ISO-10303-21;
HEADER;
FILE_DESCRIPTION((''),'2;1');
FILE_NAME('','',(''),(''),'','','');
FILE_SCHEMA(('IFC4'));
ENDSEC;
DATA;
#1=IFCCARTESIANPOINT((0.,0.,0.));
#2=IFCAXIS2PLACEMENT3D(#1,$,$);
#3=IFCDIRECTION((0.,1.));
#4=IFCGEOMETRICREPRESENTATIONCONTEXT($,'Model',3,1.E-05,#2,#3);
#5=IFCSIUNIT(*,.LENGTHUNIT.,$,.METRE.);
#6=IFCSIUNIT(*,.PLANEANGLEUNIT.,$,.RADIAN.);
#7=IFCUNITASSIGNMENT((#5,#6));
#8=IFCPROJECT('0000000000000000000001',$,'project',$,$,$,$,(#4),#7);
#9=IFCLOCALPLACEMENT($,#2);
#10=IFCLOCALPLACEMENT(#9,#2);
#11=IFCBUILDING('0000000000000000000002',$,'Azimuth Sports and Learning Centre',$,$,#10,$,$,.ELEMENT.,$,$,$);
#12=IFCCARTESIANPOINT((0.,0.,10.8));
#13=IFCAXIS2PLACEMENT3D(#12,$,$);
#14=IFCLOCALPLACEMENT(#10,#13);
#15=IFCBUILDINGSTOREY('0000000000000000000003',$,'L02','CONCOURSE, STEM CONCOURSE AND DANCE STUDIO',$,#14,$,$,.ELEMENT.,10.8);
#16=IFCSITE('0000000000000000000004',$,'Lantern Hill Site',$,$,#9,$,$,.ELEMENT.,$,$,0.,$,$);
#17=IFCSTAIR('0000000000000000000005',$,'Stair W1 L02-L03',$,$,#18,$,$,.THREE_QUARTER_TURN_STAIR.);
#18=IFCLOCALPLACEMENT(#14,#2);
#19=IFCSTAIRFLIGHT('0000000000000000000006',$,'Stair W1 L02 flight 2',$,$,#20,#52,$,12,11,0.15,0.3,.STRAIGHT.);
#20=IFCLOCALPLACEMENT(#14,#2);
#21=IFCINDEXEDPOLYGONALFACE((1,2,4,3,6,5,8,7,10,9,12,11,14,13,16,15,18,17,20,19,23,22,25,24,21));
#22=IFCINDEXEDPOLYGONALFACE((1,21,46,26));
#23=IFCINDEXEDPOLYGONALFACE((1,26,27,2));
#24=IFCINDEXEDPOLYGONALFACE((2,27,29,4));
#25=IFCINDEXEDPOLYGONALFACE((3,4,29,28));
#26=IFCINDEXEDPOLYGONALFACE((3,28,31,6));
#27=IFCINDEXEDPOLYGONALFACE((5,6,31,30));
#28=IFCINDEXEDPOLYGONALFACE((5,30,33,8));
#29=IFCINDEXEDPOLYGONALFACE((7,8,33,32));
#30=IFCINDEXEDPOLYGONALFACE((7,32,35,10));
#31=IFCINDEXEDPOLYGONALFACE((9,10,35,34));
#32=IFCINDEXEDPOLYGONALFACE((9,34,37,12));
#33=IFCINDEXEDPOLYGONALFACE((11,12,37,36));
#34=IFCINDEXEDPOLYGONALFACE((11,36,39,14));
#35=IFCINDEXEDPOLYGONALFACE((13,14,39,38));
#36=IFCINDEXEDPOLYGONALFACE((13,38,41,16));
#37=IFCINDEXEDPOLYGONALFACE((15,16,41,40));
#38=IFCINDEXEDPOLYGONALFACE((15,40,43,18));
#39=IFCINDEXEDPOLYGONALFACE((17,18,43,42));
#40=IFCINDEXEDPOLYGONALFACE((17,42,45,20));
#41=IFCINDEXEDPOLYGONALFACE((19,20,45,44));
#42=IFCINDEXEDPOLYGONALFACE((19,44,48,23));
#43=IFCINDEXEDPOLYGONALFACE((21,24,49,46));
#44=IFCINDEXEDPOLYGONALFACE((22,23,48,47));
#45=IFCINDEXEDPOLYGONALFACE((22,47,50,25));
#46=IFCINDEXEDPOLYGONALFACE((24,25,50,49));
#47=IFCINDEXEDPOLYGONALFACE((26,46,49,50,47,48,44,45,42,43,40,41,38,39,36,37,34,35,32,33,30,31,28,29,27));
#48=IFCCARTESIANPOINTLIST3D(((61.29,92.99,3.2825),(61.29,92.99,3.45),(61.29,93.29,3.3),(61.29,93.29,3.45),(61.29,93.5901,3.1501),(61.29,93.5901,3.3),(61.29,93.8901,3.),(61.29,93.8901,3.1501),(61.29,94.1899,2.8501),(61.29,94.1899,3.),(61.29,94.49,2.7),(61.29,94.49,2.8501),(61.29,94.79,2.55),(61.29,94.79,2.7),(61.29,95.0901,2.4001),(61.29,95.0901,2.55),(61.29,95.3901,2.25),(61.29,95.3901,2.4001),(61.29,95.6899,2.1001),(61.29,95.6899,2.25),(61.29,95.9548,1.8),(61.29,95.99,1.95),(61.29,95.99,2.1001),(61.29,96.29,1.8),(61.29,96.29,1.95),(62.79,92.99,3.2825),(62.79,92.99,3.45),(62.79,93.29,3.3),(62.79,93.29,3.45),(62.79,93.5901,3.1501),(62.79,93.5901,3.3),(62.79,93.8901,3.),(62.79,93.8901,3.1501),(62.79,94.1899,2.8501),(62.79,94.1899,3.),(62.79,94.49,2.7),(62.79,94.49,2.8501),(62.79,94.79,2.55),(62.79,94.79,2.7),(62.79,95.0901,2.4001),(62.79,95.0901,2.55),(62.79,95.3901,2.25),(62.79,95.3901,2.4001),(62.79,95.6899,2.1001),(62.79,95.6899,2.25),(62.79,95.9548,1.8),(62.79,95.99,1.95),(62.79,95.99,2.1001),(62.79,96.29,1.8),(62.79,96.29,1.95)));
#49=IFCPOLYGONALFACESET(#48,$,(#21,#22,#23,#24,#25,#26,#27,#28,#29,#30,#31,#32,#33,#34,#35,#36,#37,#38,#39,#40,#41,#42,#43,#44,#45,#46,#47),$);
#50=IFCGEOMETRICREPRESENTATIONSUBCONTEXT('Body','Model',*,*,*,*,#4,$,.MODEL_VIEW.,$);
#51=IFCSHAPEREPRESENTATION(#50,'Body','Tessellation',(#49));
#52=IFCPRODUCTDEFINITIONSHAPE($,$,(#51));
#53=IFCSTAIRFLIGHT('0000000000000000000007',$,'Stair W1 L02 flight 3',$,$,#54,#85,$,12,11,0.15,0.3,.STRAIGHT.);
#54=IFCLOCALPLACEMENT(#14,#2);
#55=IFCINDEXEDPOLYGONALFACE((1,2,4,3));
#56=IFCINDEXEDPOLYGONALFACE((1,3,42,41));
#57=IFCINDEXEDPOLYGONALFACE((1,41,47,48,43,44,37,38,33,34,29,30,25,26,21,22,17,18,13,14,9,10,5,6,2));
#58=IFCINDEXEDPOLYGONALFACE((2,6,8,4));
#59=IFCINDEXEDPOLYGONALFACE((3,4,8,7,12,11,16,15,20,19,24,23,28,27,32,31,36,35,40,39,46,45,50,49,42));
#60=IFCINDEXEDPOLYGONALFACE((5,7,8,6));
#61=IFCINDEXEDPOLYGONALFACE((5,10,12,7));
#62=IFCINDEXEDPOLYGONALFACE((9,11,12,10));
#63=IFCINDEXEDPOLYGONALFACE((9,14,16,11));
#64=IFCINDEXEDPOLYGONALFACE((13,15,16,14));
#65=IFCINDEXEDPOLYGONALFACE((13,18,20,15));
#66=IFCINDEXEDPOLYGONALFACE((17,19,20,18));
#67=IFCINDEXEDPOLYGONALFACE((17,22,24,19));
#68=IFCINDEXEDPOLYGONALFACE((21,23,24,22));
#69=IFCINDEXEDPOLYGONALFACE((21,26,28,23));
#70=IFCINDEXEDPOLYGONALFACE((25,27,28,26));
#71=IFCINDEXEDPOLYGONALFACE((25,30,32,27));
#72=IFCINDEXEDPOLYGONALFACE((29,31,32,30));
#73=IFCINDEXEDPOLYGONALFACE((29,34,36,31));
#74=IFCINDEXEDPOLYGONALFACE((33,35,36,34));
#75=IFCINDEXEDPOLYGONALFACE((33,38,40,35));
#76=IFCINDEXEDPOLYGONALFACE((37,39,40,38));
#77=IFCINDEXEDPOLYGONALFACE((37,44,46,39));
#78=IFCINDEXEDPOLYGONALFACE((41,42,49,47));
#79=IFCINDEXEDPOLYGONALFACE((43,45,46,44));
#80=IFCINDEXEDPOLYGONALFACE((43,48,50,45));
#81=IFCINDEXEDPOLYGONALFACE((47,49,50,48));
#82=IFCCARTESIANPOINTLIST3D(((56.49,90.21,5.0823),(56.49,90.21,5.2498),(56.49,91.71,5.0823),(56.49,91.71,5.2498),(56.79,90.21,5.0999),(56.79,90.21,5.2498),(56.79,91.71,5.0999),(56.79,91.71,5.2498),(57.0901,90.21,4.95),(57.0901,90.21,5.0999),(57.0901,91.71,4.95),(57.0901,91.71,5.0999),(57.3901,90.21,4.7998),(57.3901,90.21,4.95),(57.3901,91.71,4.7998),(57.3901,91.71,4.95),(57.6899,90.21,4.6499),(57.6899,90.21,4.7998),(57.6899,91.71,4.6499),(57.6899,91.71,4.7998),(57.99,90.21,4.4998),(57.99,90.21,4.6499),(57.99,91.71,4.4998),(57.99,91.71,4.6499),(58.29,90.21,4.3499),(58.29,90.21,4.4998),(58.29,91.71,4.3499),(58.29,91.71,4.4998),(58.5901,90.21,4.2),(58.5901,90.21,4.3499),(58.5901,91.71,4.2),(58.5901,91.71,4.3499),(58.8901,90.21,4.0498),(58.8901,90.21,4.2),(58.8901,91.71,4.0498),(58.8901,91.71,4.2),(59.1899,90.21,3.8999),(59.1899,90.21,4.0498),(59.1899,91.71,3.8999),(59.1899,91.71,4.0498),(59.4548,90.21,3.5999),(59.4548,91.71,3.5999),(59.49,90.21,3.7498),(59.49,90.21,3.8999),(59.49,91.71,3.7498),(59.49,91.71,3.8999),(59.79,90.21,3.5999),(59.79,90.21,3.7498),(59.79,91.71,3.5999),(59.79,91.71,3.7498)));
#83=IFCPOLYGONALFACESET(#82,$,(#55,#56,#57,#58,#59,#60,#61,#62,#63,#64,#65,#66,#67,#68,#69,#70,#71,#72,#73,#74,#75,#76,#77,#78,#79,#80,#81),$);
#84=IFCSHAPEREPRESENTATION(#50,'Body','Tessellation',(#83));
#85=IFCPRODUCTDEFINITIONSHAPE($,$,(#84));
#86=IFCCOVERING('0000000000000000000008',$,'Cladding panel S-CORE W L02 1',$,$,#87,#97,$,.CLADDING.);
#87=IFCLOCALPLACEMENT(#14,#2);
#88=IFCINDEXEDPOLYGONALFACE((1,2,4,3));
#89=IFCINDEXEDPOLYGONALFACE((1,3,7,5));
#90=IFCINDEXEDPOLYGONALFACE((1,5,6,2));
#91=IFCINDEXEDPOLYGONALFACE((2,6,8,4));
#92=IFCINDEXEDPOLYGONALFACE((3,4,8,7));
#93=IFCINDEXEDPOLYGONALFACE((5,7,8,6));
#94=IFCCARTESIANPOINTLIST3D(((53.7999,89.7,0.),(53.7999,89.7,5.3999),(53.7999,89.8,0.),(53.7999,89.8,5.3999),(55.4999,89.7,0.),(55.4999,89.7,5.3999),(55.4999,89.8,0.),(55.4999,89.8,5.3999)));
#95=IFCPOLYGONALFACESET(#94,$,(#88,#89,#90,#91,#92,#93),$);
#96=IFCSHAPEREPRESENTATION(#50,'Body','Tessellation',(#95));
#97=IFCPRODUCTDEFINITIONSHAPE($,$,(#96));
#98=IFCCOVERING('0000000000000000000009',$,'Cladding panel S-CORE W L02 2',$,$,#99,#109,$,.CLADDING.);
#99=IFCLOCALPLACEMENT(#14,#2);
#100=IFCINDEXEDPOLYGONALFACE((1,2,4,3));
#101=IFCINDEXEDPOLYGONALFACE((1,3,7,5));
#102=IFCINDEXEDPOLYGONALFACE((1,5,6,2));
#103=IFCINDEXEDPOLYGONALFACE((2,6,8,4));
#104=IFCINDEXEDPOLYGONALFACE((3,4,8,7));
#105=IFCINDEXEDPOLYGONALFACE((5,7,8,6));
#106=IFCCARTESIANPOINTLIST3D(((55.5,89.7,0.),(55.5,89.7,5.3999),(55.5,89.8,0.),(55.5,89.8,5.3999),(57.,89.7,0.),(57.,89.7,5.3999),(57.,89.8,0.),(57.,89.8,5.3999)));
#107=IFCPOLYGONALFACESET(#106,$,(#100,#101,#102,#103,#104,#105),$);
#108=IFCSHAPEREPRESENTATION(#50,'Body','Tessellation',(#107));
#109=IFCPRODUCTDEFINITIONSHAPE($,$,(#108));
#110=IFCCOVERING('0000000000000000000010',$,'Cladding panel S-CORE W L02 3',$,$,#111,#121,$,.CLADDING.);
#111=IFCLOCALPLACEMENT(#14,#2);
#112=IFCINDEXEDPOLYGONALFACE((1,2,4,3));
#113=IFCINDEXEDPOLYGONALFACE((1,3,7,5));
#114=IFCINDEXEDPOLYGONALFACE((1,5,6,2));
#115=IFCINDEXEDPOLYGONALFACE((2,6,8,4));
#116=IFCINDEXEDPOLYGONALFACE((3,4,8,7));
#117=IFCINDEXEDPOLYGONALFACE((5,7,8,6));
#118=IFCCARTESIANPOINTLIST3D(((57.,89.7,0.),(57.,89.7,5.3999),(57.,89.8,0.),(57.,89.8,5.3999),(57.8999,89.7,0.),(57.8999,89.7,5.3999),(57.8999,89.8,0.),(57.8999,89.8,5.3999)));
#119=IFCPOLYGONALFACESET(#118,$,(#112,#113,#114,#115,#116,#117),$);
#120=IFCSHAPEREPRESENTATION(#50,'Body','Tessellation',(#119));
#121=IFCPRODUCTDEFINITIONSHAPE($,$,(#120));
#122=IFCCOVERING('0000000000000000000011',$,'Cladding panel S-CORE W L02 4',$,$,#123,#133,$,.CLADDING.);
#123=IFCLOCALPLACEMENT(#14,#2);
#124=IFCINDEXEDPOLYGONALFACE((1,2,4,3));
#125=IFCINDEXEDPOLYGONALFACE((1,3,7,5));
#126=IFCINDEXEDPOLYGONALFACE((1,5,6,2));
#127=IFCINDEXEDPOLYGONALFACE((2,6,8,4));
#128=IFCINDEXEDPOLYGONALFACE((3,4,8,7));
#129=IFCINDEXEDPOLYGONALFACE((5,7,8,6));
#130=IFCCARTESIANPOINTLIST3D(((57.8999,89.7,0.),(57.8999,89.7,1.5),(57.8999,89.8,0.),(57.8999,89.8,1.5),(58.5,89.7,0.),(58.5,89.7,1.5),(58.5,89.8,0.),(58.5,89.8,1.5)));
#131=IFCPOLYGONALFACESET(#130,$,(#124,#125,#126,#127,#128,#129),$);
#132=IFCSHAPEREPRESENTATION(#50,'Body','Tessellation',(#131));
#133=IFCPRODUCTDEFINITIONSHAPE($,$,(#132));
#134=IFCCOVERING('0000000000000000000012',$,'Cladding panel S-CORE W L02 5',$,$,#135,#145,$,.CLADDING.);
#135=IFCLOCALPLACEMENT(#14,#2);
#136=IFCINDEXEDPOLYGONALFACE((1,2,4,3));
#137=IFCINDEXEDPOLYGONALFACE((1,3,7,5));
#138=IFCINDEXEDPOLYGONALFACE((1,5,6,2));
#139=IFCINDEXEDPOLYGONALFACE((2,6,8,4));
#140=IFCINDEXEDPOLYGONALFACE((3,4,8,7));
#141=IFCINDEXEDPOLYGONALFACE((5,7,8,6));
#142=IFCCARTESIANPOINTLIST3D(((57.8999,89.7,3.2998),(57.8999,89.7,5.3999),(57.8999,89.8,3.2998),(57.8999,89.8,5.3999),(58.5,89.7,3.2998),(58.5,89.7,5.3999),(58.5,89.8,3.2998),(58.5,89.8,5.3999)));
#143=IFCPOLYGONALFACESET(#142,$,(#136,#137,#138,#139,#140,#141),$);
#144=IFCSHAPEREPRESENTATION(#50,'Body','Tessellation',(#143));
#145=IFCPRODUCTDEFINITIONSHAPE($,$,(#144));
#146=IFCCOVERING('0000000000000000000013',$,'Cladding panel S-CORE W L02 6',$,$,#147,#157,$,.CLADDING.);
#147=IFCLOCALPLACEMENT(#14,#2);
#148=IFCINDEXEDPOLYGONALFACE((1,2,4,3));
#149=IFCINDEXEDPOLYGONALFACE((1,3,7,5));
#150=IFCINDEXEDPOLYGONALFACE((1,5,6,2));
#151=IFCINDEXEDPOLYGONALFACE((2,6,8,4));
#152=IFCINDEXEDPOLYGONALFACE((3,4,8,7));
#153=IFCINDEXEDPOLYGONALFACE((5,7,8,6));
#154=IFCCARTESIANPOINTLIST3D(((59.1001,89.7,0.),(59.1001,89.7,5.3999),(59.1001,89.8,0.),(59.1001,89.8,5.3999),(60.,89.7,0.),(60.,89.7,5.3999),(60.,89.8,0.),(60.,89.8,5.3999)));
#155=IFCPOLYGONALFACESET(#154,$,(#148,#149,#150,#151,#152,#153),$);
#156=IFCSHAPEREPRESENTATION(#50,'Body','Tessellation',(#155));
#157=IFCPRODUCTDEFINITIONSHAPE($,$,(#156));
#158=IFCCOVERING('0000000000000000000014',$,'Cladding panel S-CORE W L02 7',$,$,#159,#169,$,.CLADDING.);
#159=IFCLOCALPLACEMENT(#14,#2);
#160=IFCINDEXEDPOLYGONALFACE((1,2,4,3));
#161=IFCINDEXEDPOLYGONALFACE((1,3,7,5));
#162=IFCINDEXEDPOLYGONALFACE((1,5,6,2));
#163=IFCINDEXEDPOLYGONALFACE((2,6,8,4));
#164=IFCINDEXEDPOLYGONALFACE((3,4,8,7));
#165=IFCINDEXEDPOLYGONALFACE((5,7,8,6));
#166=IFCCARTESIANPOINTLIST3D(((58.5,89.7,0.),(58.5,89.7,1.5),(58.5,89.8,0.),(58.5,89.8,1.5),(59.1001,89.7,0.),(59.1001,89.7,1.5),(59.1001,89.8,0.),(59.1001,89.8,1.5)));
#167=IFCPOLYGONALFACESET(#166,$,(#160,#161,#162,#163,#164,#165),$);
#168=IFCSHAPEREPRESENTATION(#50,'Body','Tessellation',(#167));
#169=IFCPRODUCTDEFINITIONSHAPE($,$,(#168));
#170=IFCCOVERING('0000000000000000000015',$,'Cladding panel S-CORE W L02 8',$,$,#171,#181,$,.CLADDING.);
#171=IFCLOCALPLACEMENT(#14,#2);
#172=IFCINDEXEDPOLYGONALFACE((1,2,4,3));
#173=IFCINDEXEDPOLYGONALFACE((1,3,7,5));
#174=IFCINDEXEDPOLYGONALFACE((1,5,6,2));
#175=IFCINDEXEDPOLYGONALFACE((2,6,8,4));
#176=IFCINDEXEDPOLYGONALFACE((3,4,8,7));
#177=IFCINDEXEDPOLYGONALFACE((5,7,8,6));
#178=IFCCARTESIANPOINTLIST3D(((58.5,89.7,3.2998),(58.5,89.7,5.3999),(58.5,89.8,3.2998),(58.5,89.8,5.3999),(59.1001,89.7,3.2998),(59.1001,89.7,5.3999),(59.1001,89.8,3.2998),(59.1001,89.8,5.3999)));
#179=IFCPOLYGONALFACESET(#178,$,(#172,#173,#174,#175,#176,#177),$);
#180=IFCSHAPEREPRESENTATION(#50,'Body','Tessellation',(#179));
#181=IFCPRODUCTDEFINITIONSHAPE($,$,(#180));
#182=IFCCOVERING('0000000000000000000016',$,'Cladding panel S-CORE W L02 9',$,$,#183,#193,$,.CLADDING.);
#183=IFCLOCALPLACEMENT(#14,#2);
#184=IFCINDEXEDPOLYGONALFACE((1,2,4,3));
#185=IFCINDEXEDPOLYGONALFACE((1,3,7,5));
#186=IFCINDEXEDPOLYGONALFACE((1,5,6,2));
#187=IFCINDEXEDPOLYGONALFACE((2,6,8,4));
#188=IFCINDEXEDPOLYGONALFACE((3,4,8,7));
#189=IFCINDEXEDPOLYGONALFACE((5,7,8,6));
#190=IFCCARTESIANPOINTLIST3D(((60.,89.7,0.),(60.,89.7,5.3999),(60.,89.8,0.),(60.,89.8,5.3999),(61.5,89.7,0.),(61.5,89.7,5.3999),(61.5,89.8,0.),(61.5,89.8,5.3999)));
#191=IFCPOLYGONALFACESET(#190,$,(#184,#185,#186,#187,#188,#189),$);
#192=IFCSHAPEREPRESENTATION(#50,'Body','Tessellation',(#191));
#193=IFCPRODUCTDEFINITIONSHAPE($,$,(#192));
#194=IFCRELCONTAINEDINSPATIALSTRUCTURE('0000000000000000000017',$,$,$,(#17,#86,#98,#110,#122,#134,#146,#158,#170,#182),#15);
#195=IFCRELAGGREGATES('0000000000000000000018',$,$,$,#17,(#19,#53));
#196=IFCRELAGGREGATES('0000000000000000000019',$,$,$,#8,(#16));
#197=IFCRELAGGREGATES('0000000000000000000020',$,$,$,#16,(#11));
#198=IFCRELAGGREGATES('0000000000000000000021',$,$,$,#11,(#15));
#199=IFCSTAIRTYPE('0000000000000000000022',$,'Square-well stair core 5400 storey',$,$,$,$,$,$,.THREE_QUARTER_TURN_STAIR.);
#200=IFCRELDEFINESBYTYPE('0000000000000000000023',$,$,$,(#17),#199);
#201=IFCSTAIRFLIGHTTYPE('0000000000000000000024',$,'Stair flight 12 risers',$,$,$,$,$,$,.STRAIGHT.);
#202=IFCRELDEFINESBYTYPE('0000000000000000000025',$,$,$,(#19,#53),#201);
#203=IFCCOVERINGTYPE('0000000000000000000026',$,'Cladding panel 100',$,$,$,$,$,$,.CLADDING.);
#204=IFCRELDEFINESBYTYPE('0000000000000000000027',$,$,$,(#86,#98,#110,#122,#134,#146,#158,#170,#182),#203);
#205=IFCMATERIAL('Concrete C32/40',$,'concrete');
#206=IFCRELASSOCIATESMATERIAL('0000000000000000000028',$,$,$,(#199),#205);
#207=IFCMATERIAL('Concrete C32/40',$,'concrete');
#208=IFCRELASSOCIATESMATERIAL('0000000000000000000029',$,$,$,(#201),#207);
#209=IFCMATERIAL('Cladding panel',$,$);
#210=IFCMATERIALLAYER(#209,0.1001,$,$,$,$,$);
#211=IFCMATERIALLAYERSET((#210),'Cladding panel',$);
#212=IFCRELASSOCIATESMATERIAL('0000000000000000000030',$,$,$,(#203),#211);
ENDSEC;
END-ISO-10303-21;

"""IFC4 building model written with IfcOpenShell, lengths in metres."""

from ifc_helpers import new_model, si_unit, direction, frame, origin, origin_2d, place, context, subcontext, project, spatial, polyline, rectangle, outline, extrude, material, layer, layer_set, type_object, element, aggregate, save


model = new_model("IFC4")

# Units and contexts
model_context = context("Model", 3, precision=1e-05, world=origin(), true_north=direction((0.0, 1.0)))
body_context = subcontext(model_context, "Body", "Model", "MODEL_VIEW")
ifc_project = project(units=[si_unit("LENGTHUNIT", "METRE"), si_unit("PLANEANGLEUNIT", "RADIAN")], contexts=[model_context])

# Site, building, storey
site_placement = place(None, origin())
site = spatial("IfcSite", under=ifc_project, at=site_placement, Name="Lantern Hill Site", CompositionType="ELEMENT", RefElevation=0.0)
building_placement = place(site_placement, origin())
building = spatial("IfcBuilding", under=site, at=building_placement, Name="Azimuth Sports and Learning Centre", CompositionType="ELEMENT")
storey_placement = place(building_placement, frame((0.0, 0.0, 10.8)))
storey = spatial("IfcBuildingStorey", under=building, at=storey_placement, Name="L02", Description="CONCOURSE, STEM CONCOURSE AND DANCE STUDIO", CompositionType="ELEMENT", Elevation=10.8)

# Stair, stair flights
ifc_material_1 = material(Name="Concrete C32/40", Category="concrete")
stair_type = type_object("IfcStairType", Name="Square-well stair core 5400 storey", PredefinedType="THREE_QUARTER_TURN_STAIR", material=ifc_material_1)
stair_placement = place(storey_placement, origin())
stair = element("IfcStair", 1, at=stair_placement, inside=storey, type_object=stair_type, Name="Stair W1 L02-L03", PredefinedType="THREE_QUARTER_TURN_STAIR")
ifc_material_2 = material(Name="Concrete C32/40", Category="concrete")
stair_flight_type = type_object("IfcStairFlightType", Name="Stair flight 12 risers", PredefinedType="STRAIGHT", material=ifc_material_2)
stair_flight_1_placement = place(storey_placement, frame((62.04, 96.29, 1.8), z_axis=(0.0, 0.0, 1.0), x_axis=(0.0, -1.0, 0.0)))
stair_flight_1 = element("IfcStairFlight", 2, at=stair_flight_1_placement, type_object=stair_flight_type, Name="Stair W1 L02 flight 2", NumberOfRisers=12, NumberOfTreads=11, PredefinedType="STRAIGHT", RiserHeight=0.15, TreadLength=0.3, context=body_context, shape_type="SweptSolid", body=[
    extrude(outline(polyline([(0.0, 0.0), (0.0, 0.1499), (0.3, 0.1499), (0.3, 0.3), (0.6001, 0.3), (0.6001, 0.45), (0.8999, 0.45), (0.8999, 0.6001), (1.2, 0.6001), (1.2, 0.75), (1.5, 0.75), (1.5, 0.8999), (1.8, 0.8999), (1.8, 1.05), (2.1001, 1.05), (2.1001, 1.2), (2.3999, 1.2), (2.3999, 1.3501), (2.7, 1.3501), (2.7, 1.5), (3.0, 1.5), (3.0, 1.6499), (3.3, 1.6499), (3.3, 1.8), (3.3, 1.4824), (0.3352, 0.0), (0.0, 0.0)])), frame((0.0, 0.75, 0.0), z_axis=(0.0, -1.0, 0.0), x_axis=(1.0, 0.0, 0.0)), (0.0, 0.0, 1.0), 1.5),
])
stair_flight_2_placement = place(storey_placement, frame((59.79, 90.96, 3.5999), z_axis=(0.0, 0.0, 1.0), x_axis=(-1.0, 0.0, 0.0)))
stair_flight_2 = element("IfcStairFlight", 3, at=stair_flight_2_placement, type_object=stair_flight_type, Name="Stair W1 L02 flight 3", NumberOfRisers=12, NumberOfTreads=11, PredefinedType="STRAIGHT", RiserHeight=0.15, TreadLength=0.3, context=body_context, shape_type="SweptSolid", body=[
    extrude(outline(polyline([(0.0, 0.0), (0.0, 0.1499), (0.3, 0.1499), (0.3, 0.3), (0.6001, 0.3), (0.6001, 0.45), (0.8999, 0.45), (0.8999, 0.6001), (1.2, 0.6001), (1.2, 0.75), (1.5, 0.75), (1.5, 0.8999), (1.8, 0.8999), (1.8, 1.05), (2.1001, 1.05), (2.1001, 1.2), (2.3999, 1.2), (2.3999, 1.3501), (2.7, 1.3501), (2.7, 1.5), (3.0, 1.5), (3.0, 1.6499), (3.3, 1.6499), (3.3, 1.8), (3.3, 1.4824), (0.3352, 0.0), (0.0, 0.0)])), frame((0.0, 0.75, 0.0), z_axis=(0.0, -1.0, 0.0), x_axis=(1.0, 0.0, 0.0)), (0.0, 0.0, 1.0), 1.5),
])
aggregate(stair, [stair_flight_1, stair_flight_2])

# Coverings
ifc_material_3 = material(Name="Cladding panel")
ifc_layer_1 = layer(ifc_material_3, 0.1001)
ifc_layer_set_1 = layer_set([ifc_layer_1], Name="Cladding panel")
covering_type = type_object("IfcCoveringType", Name="Cladding panel 100", PredefinedType="CLADDING", material=ifc_layer_set_1)
covering_1_placement = place(storey_placement, frame((54.6499, 89.75, 0.0), z_axis=(0.0, 0.0, 1.0), x_axis=(1.0, 0.0, 0.0)))
element("IfcCovering", 4, at=covering_1_placement, inside=storey, type_object=covering_type, Name="Cladding panel S-CORE W L02 1", PredefinedType="CLADDING", context=body_context, shape_type="SweptSolid", body=[
    extrude(rectangle(XDim=1.7, YDim=0.1001, at=origin_2d()), origin(), (0.0, 0.0, 1.0), 5.3999),
])
covering_2_placement = place(storey_placement, frame((56.25, 89.75, 0.0), z_axis=(0.0, 0.0, 1.0), x_axis=(1.0, 0.0, 0.0)))
element("IfcCovering", 5, at=covering_2_placement, inside=storey, type_object=covering_type, Name="Cladding panel S-CORE W L02 2", PredefinedType="CLADDING", context=body_context, shape_type="SweptSolid", body=[
    extrude(rectangle(XDim=1.5, YDim=0.1001, at=origin_2d()), origin(), (0.0, 0.0, 1.0), 5.3999),
])
covering_3_placement = place(storey_placement, frame((57.45, 89.75, 0.0), z_axis=(0.0, 0.0, 1.0), x_axis=(1.0, 0.0, 0.0)))
element("IfcCovering", 6, at=covering_3_placement, inside=storey, type_object=covering_type, Name="Cladding panel S-CORE W L02 3", PredefinedType="CLADDING", context=body_context, shape_type="SweptSolid", body=[
    extrude(rectangle(XDim=0.8999, YDim=0.1001, at=origin_2d()), origin(), (0.0, 0.0, 1.0), 5.3999),
])
covering_4_placement = place(storey_placement, frame((58.2, 89.75, 0.0), z_axis=(0.0, 0.0, 1.0), x_axis=(1.0, 0.0, 0.0)))
element("IfcCovering", 7, at=covering_4_placement, inside=storey, type_object=covering_type, Name="Cladding panel S-CORE W L02 4", PredefinedType="CLADDING", context=body_context, shape_type="SweptSolid", body=[
    extrude(rectangle(XDim=0.6001, YDim=0.1001, at=origin_2d()), origin(), (0.0, 0.0, 1.0), 1.5),
])
covering_5_placement = place(storey_placement, frame((58.2, 89.75, 3.2998), z_axis=(0.0, 0.0, 1.0), x_axis=(1.0, 0.0, 0.0)))
element("IfcCovering", 8, at=covering_5_placement, inside=storey, type_object=covering_type, Name="Cladding panel S-CORE W L02 5", PredefinedType="CLADDING", context=body_context, shape_type="SweptSolid", body=[
    extrude(rectangle(XDim=0.6001, YDim=0.1001, at=origin_2d()), origin(), (0.0, 0.0, 1.0), 2.1001),
])
covering_6_placement = place(storey_placement, frame((59.55, 89.75, 0.0), z_axis=(0.0, 0.0, 1.0), x_axis=(1.0, 0.0, 0.0)))
element("IfcCovering", 9, at=covering_6_placement, inside=storey, type_object=covering_type, Name="Cladding panel S-CORE W L02 6", PredefinedType="CLADDING", context=body_context, shape_type="SweptSolid", body=[
    extrude(rectangle(XDim=0.8999, YDim=0.1001, at=origin_2d()), origin(), (0.0, 0.0, 1.0), 5.3999),
])
covering_7_placement = place(storey_placement, frame((58.8, 89.75, 0.0), z_axis=(0.0, 0.0, 1.0), x_axis=(1.0, 0.0, 0.0)))
element("IfcCovering", 10, at=covering_7_placement, inside=storey, type_object=covering_type, Name="Cladding panel S-CORE W L02 7", PredefinedType="CLADDING", context=body_context, shape_type="SweptSolid", body=[
    extrude(rectangle(XDim=0.6001, YDim=0.1001, at=origin_2d()), origin(), (0.0, 0.0, 1.0), 1.5),
])
covering_8_placement = place(storey_placement, frame((58.8, 89.75, 3.2998), z_axis=(0.0, 0.0, 1.0), x_axis=(1.0, 0.0, 0.0)))
element("IfcCovering", 11, at=covering_8_placement, inside=storey, type_object=covering_type, Name="Cladding panel S-CORE W L02 8", PredefinedType="CLADDING", context=body_context, shape_type="SweptSolid", body=[
    extrude(rectangle(XDim=0.6001, YDim=0.1001, at=origin_2d()), origin(), (0.0, 0.0, 1.0), 2.1001),
])
covering_9_placement = place(storey_placement, frame((60.75, 89.75, 0.0), z_axis=(0.0, 0.0, 1.0), x_axis=(1.0, 0.0, 0.0)))
element("IfcCovering", 12, at=covering_9_placement, inside=storey, type_object=covering_type, Name="Cladding panel S-CORE W L02 9", PredefinedType="CLADDING", context=body_context, shape_type="SweptSolid", body=[
    extrude(rectangle(XDim=1.5, YDim=0.1001, at=origin_2d()), origin(), (0.0, 0.0, 1.0), 5.3999),
])

save(model, "model.ifc")
